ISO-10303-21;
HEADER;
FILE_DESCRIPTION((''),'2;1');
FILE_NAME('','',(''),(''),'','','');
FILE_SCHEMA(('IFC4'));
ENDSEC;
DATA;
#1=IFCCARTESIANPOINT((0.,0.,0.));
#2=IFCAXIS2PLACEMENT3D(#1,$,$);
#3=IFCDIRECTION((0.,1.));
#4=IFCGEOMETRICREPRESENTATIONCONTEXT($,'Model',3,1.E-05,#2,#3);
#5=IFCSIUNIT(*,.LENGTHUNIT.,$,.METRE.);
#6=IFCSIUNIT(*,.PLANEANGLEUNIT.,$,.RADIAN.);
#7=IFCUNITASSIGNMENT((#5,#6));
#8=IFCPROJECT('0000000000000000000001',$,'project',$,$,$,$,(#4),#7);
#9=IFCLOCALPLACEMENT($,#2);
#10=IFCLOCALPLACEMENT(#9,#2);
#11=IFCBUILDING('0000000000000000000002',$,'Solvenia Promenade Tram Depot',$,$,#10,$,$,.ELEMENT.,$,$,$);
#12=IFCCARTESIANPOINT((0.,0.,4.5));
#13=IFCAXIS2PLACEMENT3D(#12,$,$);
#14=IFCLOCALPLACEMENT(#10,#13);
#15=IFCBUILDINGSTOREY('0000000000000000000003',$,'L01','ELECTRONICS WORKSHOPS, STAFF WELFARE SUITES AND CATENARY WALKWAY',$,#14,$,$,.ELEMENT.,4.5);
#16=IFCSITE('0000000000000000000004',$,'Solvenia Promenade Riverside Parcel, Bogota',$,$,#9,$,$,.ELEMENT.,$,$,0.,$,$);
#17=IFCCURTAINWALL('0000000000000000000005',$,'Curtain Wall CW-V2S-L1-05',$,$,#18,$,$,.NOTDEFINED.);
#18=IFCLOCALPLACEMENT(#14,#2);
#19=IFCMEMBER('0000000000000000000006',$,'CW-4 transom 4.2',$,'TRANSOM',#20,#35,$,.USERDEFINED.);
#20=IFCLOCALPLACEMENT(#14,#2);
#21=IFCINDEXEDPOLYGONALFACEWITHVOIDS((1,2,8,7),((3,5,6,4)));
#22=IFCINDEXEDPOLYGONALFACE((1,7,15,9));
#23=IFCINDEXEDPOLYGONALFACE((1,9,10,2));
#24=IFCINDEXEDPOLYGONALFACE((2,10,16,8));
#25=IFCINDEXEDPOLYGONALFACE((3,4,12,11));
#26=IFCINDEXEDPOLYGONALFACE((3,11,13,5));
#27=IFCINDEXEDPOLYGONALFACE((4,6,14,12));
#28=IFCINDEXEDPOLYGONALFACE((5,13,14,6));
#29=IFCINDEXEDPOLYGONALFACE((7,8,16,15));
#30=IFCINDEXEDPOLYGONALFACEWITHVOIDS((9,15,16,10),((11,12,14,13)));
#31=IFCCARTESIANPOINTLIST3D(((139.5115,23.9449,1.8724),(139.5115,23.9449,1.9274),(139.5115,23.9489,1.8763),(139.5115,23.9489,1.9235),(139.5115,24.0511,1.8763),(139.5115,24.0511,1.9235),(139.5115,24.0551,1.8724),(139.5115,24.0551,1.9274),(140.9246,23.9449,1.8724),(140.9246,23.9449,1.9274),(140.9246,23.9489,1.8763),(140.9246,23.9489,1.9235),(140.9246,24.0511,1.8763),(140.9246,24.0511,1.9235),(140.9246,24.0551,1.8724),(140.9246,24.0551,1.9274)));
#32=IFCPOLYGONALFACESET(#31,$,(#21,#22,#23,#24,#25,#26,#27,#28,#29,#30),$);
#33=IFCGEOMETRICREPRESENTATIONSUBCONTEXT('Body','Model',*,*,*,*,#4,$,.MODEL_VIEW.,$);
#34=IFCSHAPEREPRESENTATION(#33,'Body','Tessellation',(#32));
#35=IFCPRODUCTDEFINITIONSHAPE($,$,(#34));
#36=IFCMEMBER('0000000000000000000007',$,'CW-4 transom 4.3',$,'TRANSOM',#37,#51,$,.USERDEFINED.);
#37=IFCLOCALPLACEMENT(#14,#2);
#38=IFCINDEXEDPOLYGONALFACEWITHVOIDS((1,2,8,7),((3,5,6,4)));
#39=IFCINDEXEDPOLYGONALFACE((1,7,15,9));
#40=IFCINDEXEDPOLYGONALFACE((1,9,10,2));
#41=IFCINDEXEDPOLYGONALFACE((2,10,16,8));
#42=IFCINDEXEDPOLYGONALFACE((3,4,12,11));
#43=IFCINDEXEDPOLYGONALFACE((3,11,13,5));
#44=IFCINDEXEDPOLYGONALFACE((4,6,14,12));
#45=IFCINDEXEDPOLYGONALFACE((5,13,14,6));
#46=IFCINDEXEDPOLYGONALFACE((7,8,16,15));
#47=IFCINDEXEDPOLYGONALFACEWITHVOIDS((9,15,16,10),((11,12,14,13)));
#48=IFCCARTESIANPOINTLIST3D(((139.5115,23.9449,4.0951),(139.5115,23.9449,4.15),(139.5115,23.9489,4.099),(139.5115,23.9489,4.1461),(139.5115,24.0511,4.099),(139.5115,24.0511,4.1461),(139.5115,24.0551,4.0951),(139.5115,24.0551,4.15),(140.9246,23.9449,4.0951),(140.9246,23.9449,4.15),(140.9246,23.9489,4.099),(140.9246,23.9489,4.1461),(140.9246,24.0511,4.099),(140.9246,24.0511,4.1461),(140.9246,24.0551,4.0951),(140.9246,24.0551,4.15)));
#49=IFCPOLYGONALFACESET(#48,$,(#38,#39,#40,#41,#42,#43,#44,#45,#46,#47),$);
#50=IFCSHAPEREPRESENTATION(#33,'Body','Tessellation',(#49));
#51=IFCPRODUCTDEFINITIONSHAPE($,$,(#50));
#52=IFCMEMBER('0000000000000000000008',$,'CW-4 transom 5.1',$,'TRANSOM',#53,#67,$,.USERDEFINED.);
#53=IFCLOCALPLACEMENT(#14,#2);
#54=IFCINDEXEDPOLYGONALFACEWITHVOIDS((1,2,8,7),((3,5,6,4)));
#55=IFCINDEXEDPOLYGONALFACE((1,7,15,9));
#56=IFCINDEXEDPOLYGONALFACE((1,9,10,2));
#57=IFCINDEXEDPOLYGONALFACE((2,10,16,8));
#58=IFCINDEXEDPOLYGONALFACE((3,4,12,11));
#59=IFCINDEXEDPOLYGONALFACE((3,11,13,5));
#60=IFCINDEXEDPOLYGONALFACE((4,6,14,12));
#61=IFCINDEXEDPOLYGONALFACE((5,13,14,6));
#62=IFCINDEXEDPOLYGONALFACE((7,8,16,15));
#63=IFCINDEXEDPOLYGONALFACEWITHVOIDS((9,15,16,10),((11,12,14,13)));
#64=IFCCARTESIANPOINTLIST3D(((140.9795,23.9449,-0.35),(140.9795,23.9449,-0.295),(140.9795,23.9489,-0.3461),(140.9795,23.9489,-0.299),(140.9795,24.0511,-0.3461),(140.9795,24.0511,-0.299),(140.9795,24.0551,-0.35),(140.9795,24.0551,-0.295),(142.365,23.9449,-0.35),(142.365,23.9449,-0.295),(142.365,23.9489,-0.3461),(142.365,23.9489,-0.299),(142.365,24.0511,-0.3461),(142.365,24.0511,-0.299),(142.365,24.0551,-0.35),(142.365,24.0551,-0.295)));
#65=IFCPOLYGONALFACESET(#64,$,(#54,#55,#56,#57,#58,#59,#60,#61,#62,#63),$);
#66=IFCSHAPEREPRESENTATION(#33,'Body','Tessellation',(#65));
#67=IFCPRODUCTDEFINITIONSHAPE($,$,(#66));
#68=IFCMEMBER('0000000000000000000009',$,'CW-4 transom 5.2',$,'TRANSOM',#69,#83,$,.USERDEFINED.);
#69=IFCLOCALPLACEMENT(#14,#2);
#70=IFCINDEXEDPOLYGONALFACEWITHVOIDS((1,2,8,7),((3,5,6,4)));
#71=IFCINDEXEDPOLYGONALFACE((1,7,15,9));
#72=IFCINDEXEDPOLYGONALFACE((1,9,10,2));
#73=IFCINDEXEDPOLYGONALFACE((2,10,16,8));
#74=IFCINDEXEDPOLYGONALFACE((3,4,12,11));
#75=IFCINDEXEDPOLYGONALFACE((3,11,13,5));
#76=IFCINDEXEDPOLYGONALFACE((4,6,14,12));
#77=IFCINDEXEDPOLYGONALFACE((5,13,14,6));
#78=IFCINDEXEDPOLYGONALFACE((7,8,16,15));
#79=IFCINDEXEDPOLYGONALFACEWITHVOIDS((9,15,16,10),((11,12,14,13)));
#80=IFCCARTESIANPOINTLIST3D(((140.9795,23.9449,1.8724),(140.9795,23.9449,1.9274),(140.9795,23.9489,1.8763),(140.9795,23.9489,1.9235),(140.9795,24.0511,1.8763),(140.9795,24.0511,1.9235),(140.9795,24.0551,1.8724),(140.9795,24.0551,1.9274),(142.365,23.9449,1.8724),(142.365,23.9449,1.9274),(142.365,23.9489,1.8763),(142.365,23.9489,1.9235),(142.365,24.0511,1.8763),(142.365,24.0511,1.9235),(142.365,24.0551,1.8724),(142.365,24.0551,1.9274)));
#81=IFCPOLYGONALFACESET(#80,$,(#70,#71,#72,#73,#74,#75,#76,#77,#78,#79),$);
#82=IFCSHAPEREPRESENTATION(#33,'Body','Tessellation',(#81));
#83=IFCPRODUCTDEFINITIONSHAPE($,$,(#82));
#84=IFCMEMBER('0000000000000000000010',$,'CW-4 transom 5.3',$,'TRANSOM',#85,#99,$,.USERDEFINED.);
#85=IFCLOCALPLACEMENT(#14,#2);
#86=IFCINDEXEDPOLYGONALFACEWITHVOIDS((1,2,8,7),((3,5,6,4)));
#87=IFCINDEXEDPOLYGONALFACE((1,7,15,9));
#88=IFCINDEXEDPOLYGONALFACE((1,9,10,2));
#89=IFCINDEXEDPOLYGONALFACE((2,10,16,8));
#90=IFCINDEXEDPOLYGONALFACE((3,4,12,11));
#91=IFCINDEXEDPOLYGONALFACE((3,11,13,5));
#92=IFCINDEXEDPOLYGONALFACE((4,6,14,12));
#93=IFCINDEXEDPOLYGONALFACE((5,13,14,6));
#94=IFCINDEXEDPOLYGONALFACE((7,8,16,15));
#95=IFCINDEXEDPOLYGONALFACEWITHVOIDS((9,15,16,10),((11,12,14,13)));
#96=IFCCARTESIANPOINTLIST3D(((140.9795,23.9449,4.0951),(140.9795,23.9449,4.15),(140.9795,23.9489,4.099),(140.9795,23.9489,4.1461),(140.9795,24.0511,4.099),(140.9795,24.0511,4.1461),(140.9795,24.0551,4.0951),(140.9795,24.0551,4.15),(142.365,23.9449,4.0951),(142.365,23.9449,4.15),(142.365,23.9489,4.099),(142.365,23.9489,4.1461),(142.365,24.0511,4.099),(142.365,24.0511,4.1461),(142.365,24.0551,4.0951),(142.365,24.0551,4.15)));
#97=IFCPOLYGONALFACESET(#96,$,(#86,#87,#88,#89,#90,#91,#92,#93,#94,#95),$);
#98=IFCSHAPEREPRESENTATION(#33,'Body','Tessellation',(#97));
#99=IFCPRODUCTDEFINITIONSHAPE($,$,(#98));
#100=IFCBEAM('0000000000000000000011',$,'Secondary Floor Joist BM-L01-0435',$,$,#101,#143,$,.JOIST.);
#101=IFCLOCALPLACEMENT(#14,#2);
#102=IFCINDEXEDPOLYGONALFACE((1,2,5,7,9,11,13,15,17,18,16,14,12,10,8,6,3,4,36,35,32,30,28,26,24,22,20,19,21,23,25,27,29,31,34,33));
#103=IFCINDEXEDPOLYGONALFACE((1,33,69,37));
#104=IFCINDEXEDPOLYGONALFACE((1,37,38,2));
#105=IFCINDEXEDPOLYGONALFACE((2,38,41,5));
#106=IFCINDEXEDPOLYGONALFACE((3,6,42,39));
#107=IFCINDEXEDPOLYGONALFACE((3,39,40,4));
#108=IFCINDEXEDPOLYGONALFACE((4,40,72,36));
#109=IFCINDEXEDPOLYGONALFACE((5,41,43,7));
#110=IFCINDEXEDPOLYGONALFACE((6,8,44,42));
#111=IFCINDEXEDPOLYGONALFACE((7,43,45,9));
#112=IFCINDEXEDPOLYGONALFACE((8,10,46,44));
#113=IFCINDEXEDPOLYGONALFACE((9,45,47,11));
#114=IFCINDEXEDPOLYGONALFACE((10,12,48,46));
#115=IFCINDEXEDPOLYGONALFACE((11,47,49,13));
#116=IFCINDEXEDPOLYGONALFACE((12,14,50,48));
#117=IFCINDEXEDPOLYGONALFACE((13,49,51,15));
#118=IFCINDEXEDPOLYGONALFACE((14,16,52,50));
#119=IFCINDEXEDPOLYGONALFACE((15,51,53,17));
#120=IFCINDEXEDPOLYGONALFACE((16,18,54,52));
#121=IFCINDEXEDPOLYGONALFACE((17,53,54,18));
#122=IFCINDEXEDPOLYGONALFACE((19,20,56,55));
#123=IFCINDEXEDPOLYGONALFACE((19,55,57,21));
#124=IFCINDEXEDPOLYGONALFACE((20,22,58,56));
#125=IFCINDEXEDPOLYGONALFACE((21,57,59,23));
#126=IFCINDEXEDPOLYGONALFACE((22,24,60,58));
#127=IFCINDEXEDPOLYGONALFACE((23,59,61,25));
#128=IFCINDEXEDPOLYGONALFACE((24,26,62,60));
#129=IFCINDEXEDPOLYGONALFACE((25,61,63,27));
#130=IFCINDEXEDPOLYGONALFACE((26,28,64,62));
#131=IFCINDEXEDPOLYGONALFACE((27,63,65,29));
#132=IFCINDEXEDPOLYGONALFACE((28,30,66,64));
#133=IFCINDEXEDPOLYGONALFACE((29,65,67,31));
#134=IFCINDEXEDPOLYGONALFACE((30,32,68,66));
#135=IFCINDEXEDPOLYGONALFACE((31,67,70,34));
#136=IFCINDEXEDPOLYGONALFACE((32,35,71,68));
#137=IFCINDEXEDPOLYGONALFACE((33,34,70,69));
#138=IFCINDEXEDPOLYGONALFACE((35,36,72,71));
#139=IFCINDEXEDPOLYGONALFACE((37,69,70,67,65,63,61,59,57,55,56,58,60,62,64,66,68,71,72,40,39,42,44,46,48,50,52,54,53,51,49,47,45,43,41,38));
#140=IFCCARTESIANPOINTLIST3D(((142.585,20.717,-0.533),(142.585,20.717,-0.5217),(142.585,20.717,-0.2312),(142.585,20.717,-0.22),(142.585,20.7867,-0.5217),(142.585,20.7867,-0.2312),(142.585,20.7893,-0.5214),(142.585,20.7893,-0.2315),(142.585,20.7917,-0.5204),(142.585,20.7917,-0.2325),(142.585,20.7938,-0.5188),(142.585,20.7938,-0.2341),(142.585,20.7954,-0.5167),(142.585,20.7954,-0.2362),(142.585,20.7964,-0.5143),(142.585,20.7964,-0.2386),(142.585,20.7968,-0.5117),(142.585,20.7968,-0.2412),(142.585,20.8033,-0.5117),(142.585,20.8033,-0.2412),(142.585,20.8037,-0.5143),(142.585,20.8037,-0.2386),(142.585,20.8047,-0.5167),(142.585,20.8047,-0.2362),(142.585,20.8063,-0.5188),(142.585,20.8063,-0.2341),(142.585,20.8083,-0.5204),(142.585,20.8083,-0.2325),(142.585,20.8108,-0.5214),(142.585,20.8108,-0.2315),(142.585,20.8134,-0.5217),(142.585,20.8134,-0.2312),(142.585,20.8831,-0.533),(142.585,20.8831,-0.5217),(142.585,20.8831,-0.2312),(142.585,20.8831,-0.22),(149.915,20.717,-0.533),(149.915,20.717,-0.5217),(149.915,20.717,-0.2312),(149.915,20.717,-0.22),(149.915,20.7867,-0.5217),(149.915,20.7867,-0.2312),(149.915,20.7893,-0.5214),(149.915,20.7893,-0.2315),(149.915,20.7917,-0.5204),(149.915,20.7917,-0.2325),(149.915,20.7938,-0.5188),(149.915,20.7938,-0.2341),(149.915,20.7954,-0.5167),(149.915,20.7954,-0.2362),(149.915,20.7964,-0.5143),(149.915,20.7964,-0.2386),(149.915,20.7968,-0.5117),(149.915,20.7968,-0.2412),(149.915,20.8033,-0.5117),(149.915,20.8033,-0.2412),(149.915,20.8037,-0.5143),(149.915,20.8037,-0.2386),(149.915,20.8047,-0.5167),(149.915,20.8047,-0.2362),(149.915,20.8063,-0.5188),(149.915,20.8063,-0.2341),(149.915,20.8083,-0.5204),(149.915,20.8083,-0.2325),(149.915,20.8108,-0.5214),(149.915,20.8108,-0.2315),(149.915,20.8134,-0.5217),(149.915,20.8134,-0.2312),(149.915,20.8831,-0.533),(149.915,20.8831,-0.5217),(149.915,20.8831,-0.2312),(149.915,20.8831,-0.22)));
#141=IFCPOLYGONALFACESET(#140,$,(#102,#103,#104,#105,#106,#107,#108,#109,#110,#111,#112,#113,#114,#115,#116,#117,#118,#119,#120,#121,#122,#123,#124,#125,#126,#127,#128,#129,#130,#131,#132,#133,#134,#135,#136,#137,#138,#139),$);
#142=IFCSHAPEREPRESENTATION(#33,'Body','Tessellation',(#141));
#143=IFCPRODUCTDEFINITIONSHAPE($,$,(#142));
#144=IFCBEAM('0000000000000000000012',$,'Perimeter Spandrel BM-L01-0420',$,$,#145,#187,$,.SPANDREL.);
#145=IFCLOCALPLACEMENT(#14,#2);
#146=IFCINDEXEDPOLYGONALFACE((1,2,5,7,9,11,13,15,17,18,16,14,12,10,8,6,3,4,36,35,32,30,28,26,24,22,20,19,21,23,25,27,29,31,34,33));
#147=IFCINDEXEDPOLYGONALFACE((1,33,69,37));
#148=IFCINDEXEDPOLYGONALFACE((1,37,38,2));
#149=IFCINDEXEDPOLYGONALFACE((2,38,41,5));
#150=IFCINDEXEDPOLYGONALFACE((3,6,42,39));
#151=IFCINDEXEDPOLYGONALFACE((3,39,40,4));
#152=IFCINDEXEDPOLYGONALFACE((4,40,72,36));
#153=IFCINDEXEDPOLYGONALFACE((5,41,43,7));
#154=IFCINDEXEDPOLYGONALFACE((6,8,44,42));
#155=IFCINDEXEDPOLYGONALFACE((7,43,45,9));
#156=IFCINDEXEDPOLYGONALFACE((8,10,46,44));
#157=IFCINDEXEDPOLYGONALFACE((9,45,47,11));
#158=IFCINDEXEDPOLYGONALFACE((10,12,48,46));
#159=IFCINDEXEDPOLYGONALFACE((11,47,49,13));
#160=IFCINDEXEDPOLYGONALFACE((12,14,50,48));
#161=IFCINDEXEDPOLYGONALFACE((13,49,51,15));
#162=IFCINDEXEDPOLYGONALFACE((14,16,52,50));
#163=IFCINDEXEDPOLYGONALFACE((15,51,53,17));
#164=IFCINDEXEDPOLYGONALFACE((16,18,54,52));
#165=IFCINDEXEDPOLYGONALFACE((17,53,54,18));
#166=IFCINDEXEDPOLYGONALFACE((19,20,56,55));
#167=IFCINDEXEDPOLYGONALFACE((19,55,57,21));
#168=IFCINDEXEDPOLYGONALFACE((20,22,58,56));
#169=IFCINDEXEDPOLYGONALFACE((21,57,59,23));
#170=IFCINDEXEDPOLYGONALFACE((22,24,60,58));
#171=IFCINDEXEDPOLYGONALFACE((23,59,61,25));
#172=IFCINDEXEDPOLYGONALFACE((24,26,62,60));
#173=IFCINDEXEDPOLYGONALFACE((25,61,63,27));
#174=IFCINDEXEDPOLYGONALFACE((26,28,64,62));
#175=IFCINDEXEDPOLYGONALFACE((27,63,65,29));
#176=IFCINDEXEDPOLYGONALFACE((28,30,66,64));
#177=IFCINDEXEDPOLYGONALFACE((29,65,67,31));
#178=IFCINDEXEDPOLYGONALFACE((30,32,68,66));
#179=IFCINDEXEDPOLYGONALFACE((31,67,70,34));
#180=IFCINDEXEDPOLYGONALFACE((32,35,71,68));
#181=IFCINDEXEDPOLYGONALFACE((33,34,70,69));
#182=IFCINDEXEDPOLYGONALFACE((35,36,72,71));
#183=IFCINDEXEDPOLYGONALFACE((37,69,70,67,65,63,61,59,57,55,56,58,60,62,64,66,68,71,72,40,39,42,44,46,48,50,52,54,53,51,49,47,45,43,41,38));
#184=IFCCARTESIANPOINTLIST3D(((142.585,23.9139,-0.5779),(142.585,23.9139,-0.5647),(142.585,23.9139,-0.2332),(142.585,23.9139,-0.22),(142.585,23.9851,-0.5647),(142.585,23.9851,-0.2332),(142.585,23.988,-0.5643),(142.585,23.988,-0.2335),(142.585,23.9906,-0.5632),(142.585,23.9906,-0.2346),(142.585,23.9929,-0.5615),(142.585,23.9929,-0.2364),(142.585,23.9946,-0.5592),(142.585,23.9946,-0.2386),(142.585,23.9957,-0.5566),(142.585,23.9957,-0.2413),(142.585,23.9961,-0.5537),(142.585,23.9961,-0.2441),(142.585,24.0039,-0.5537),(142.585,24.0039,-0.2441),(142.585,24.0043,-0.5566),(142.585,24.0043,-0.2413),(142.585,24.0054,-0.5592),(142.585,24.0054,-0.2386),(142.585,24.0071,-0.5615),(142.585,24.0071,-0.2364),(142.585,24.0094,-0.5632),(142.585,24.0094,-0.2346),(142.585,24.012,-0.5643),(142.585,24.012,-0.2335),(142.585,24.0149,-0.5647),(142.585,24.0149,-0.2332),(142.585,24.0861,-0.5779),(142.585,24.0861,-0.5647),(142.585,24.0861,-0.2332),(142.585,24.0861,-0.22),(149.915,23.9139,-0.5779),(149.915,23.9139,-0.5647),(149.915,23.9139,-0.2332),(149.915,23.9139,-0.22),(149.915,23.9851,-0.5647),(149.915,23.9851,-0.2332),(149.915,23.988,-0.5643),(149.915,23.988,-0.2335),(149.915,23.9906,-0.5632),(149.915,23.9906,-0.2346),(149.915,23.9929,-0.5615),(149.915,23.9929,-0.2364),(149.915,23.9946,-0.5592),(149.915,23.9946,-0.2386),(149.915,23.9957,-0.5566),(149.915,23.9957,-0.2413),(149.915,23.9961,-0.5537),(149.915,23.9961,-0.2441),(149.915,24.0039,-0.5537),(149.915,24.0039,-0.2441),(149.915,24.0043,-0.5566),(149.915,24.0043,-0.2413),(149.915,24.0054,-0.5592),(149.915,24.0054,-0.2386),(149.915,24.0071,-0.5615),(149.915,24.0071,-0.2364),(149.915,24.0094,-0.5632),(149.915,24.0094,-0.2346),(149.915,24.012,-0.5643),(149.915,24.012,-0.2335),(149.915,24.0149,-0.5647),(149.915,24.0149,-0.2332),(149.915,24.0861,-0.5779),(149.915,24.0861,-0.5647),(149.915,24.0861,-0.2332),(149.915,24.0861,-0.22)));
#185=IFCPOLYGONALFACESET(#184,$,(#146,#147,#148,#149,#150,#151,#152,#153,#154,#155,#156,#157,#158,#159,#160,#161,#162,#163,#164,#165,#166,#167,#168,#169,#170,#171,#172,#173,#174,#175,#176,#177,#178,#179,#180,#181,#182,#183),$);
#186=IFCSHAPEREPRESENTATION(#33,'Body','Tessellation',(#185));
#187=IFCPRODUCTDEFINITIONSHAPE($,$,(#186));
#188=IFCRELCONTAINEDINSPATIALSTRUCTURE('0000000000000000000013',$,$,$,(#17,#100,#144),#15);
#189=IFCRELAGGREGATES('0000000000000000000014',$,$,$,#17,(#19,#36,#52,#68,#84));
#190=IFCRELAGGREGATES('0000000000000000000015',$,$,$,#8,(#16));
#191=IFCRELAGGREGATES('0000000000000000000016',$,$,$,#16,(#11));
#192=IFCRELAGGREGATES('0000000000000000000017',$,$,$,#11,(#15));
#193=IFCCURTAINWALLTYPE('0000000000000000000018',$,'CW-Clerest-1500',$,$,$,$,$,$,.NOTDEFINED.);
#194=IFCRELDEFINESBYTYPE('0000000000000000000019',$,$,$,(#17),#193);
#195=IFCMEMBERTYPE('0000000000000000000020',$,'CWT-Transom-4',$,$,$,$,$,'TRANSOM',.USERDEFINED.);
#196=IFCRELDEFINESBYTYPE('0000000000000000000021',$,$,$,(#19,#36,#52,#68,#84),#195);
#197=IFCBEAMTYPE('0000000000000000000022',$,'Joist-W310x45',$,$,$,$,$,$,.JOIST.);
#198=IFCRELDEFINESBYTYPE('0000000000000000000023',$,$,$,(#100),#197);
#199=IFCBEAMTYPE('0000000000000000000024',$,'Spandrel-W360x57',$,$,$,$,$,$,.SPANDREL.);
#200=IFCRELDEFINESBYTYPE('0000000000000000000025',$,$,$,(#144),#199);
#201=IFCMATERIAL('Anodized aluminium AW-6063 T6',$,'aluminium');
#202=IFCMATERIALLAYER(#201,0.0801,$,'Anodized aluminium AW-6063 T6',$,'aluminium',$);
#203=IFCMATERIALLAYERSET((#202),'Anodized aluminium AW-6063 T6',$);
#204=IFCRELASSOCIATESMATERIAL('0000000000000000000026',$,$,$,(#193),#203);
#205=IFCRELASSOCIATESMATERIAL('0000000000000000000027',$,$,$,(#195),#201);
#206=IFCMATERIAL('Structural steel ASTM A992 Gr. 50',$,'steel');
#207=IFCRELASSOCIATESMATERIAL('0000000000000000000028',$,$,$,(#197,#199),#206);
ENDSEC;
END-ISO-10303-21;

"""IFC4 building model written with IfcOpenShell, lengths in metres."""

from ifc_helpers import new_model, si_unit, direction, frame, origin, origin_2d, place, context, subcontext, project, spatial, hollow_rectangle, i_section, extrude, material, layer, layer_set, material_profile, profile_set, type_object, element, aggregate, save


model = new_model("IFC4")

# Units and contexts
model_context = context("Model", 3, precision=1e-05, world=origin(), true_north=direction((0.0, 1.0)))
body_context = subcontext(model_context, "Body", "Model", "MODEL_VIEW")
ifc_project = project(units=[si_unit("LENGTHUNIT", "METRE"), si_unit("PLANEANGLEUNIT", "RADIAN")], contexts=[model_context])

# Site, building, storey
site_placement = place(None, origin())
site = spatial("IfcSite", under=ifc_project, at=site_placement, Name="Solvenia Promenade Riverside Parcel, Bogota", CompositionType="ELEMENT", RefElevation=0.0)
building_placement = place(site_placement, origin())
building = spatial("IfcBuilding", under=site, at=building_placement, Name="Solvenia Promenade Tram Depot", CompositionType="ELEMENT")
storey_placement = place(building_placement, frame((0.0, 0.0, 4.5)))
storey = spatial("IfcBuildingStorey", under=building, at=storey_placement, Name="L01", Description="ELECTRONICS WORKSHOPS, STAFF WELFARE SUITES AND CATENARY WALKWAY", CompositionType="ELEMENT", Elevation=4.5)

# Shared definitions
ifc_material_1 = material(Name="Structural steel ASTM A992 Gr. 50", Category="steel")

# Curtain wall, members
ifc_material_2 = material(Name="Anodized aluminium AW-6063 T6", Category="aluminium")
ifc_layer_1 = layer(ifc_material_2, 0.0801, Name="Anodized aluminium AW-6063 T6", Category="aluminium")
ifc_layer_set_1 = layer_set([ifc_layer_1], Name="Anodized aluminium AW-6063 T6")
curtain_wall_type = type_object("IfcCurtainWallType", Name="CW-Clerest-1500", PredefinedType="NOTDEFINED", material=ifc_layer_set_1)
curtain_wall_placement = place(storey_placement, origin())
curtain_wall = element("IfcCurtainWall", 1, at=curtain_wall_placement, inside=storey, type_object=curtain_wall_type, Name="Curtain Wall CW-V2S-L1-05", PredefinedType="NOTDEFINED")
ifc_material_profile_1 = material_profile(ifc_material_2, hollow_rectangle(XDim=0.1101, YDim=0.0549, WallThickness=0.0039, at=origin_2d()), Name="ALU-T4", Category="aluminium")
ifc_profile_set_1 = profile_set([ifc_material_profile_1], Name="Anodized aluminium AW-6063 T6")
member_type_1 = type_object("IfcMemberType", Name="CWT-Transom-4", ElementType="TRANSOM", PredefinedType="USERDEFINED", material=ifc_profile_set_1)
member_1_placement = place(storey_placement, frame((139.5115, 24.0, 1.8999), z_axis=(1.0, 0.0, 0.0), x_axis=(0.0, 1.0, 0.0)))
member_1 = element("IfcMember", 2, at=member_1_placement, type_object=member_type_1, Name="CW-4 transom 4.2", ObjectType="TRANSOM", PredefinedType="USERDEFINED", context=body_context, shape_type="SweptSolid", body=[
    extrude(hollow_rectangle(XDim=0.1101, YDim=0.0549, WallThickness=0.0039, at=origin_2d()), origin(), (0.0, 0.0, 1.0), 1.4131),
])
member_2_placement = place(storey_placement, frame((139.5115, 24.0, 4.1226), z_axis=(1.0, 0.0, 0.0), x_axis=(0.0, 1.0, 0.0)))
member_2 = element("IfcMember", 3, at=member_2_placement, type_object=member_type_1, Name="CW-4 transom 4.3", ObjectType="TRANSOM", PredefinedType="USERDEFINED", context=body_context, shape_type="SweptSolid", body=[
    extrude(hollow_rectangle(XDim=0.1101, YDim=0.0549, WallThickness=0.0039, at=origin_2d()), origin(), (0.0, 0.0, 1.0), 1.4131),
])
member_3_placement = place(storey_placement, frame((140.9795, 24.0, -0.3225), z_axis=(1.0, 0.0, 0.0), x_axis=(0.0, 1.0, 0.0)))
member_3 = element("IfcMember", 4, at=member_3_placement, type_object=member_type_1, Name="CW-4 transom 5.1", ObjectType="TRANSOM", PredefinedType="USERDEFINED", context=body_context, shape_type="SweptSolid", body=[
    extrude(hollow_rectangle(XDim=0.1101, YDim=0.0549, WallThickness=0.0039, at=origin_2d()), origin(), (0.0, 0.0, 1.0), 1.3855),
])
member_4_placement = place(storey_placement, frame((140.9795, 24.0, 1.8999), z_axis=(1.0, 0.0, 0.0), x_axis=(0.0, 1.0, 0.0)))
member_4 = element("IfcMember", 5, at=member_4_placement, type_object=member_type_1, Name="CW-4 transom 5.2", ObjectType="TRANSOM", PredefinedType="USERDEFINED", context=body_context, shape_type="SweptSolid", body=[
    extrude(hollow_rectangle(XDim=0.1101, YDim=0.0549, WallThickness=0.0039, at=origin_2d()), origin(), (0.0, 0.0, 1.0), 1.3855),
])
member_5_placement = place(storey_placement, frame((140.9795, 24.0, 4.1226), z_axis=(1.0, 0.0, 0.0), x_axis=(0.0, 1.0, 0.0)))
member_5 = element("IfcMember", 6, at=member_5_placement, type_object=member_type_1, Name="CW-4 transom 5.3", ObjectType="TRANSOM", PredefinedType="USERDEFINED", context=body_context, shape_type="SweptSolid", body=[
    extrude(hollow_rectangle(XDim=0.1101, YDim=0.0549, WallThickness=0.0039, at=origin_2d()), origin(), (0.0, 0.0, 1.0), 1.3855),
])

# Beams
ifc_material_profile_2 = material_profile(ifc_material_1, i_section(OverallWidth=0.166, OverallDepth=0.313, WebThickness=0.0066, FlangeThickness=0.0112, FilletRadius=0.01, at=origin_2d()), Name="W310x45", Category="steel")
ifc_profile_set_2 = profile_set([ifc_material_profile_2], Name="Structural steel ASTM A992 Gr. 50")
beam_type_1 = type_object("IfcBeamType", Name="Joist-W310x45", PredefinedType="JOIST", material=ifc_profile_set_2)
beam_1_placement = place(storey_placement, frame((142.585, 20.8, -0.3765), z_axis=(1.0, 0.0, 0.0), x_axis=(0.0, 1.0, 0.0)))
element("IfcBeam", 7, at=beam_1_placement, inside=storey, type_object=beam_type_1, Name="Secondary Floor Joist BM-L01-0435", PredefinedType="JOIST", context=body_context, shape_type="SweptSolid", body=[
    extrude(i_section(OverallWidth=0.166, OverallDepth=0.313, WebThickness=0.0066, FlangeThickness=0.0112, FilletRadius=0.01, at=origin_2d()), origin(), (0.0, 0.0, 1.0), 7.3301),
])
ifc_material_profile_3 = material_profile(ifc_material_1, i_section(OverallWidth=0.1721, OverallDepth=0.3579, WebThickness=0.0078, FlangeThickness=0.0132, FilletRadius=0.011, at=origin_2d()), Name="W360x57", Category="steel")
ifc_profile_set_3 = profile_set([ifc_material_profile_3], Name="Structural steel ASTM A992 Gr. 50")
beam_type_2 = type_object("IfcBeamType", Name="Spandrel-W360x57", PredefinedType="SPANDREL", material=ifc_profile_set_3)
beam_2_placement = place(storey_placement, frame((142.585, 24.0, -0.3989), z_axis=(1.0, 0.0, 0.0), x_axis=(0.0, 1.0, 0.0)))
element("IfcBeam", 8, at=beam_2_placement, inside=storey, type_object=beam_type_2, Name="Perimeter Spandrel BM-L01-0420", PredefinedType="SPANDREL", context=body_context, shape_type="SweptSolid", body=[
    extrude(i_section(OverallWidth=0.1721, OverallDepth=0.3579, WebThickness=0.0078, FlangeThickness=0.0132, FilletRadius=0.011, at=origin_2d()), origin(), (0.0, 0.0, 1.0), 7.3301),
])

aggregate(curtain_wall, [member_1, member_2, member_3, member_4, member_5])

save(model, "model.ifc")
